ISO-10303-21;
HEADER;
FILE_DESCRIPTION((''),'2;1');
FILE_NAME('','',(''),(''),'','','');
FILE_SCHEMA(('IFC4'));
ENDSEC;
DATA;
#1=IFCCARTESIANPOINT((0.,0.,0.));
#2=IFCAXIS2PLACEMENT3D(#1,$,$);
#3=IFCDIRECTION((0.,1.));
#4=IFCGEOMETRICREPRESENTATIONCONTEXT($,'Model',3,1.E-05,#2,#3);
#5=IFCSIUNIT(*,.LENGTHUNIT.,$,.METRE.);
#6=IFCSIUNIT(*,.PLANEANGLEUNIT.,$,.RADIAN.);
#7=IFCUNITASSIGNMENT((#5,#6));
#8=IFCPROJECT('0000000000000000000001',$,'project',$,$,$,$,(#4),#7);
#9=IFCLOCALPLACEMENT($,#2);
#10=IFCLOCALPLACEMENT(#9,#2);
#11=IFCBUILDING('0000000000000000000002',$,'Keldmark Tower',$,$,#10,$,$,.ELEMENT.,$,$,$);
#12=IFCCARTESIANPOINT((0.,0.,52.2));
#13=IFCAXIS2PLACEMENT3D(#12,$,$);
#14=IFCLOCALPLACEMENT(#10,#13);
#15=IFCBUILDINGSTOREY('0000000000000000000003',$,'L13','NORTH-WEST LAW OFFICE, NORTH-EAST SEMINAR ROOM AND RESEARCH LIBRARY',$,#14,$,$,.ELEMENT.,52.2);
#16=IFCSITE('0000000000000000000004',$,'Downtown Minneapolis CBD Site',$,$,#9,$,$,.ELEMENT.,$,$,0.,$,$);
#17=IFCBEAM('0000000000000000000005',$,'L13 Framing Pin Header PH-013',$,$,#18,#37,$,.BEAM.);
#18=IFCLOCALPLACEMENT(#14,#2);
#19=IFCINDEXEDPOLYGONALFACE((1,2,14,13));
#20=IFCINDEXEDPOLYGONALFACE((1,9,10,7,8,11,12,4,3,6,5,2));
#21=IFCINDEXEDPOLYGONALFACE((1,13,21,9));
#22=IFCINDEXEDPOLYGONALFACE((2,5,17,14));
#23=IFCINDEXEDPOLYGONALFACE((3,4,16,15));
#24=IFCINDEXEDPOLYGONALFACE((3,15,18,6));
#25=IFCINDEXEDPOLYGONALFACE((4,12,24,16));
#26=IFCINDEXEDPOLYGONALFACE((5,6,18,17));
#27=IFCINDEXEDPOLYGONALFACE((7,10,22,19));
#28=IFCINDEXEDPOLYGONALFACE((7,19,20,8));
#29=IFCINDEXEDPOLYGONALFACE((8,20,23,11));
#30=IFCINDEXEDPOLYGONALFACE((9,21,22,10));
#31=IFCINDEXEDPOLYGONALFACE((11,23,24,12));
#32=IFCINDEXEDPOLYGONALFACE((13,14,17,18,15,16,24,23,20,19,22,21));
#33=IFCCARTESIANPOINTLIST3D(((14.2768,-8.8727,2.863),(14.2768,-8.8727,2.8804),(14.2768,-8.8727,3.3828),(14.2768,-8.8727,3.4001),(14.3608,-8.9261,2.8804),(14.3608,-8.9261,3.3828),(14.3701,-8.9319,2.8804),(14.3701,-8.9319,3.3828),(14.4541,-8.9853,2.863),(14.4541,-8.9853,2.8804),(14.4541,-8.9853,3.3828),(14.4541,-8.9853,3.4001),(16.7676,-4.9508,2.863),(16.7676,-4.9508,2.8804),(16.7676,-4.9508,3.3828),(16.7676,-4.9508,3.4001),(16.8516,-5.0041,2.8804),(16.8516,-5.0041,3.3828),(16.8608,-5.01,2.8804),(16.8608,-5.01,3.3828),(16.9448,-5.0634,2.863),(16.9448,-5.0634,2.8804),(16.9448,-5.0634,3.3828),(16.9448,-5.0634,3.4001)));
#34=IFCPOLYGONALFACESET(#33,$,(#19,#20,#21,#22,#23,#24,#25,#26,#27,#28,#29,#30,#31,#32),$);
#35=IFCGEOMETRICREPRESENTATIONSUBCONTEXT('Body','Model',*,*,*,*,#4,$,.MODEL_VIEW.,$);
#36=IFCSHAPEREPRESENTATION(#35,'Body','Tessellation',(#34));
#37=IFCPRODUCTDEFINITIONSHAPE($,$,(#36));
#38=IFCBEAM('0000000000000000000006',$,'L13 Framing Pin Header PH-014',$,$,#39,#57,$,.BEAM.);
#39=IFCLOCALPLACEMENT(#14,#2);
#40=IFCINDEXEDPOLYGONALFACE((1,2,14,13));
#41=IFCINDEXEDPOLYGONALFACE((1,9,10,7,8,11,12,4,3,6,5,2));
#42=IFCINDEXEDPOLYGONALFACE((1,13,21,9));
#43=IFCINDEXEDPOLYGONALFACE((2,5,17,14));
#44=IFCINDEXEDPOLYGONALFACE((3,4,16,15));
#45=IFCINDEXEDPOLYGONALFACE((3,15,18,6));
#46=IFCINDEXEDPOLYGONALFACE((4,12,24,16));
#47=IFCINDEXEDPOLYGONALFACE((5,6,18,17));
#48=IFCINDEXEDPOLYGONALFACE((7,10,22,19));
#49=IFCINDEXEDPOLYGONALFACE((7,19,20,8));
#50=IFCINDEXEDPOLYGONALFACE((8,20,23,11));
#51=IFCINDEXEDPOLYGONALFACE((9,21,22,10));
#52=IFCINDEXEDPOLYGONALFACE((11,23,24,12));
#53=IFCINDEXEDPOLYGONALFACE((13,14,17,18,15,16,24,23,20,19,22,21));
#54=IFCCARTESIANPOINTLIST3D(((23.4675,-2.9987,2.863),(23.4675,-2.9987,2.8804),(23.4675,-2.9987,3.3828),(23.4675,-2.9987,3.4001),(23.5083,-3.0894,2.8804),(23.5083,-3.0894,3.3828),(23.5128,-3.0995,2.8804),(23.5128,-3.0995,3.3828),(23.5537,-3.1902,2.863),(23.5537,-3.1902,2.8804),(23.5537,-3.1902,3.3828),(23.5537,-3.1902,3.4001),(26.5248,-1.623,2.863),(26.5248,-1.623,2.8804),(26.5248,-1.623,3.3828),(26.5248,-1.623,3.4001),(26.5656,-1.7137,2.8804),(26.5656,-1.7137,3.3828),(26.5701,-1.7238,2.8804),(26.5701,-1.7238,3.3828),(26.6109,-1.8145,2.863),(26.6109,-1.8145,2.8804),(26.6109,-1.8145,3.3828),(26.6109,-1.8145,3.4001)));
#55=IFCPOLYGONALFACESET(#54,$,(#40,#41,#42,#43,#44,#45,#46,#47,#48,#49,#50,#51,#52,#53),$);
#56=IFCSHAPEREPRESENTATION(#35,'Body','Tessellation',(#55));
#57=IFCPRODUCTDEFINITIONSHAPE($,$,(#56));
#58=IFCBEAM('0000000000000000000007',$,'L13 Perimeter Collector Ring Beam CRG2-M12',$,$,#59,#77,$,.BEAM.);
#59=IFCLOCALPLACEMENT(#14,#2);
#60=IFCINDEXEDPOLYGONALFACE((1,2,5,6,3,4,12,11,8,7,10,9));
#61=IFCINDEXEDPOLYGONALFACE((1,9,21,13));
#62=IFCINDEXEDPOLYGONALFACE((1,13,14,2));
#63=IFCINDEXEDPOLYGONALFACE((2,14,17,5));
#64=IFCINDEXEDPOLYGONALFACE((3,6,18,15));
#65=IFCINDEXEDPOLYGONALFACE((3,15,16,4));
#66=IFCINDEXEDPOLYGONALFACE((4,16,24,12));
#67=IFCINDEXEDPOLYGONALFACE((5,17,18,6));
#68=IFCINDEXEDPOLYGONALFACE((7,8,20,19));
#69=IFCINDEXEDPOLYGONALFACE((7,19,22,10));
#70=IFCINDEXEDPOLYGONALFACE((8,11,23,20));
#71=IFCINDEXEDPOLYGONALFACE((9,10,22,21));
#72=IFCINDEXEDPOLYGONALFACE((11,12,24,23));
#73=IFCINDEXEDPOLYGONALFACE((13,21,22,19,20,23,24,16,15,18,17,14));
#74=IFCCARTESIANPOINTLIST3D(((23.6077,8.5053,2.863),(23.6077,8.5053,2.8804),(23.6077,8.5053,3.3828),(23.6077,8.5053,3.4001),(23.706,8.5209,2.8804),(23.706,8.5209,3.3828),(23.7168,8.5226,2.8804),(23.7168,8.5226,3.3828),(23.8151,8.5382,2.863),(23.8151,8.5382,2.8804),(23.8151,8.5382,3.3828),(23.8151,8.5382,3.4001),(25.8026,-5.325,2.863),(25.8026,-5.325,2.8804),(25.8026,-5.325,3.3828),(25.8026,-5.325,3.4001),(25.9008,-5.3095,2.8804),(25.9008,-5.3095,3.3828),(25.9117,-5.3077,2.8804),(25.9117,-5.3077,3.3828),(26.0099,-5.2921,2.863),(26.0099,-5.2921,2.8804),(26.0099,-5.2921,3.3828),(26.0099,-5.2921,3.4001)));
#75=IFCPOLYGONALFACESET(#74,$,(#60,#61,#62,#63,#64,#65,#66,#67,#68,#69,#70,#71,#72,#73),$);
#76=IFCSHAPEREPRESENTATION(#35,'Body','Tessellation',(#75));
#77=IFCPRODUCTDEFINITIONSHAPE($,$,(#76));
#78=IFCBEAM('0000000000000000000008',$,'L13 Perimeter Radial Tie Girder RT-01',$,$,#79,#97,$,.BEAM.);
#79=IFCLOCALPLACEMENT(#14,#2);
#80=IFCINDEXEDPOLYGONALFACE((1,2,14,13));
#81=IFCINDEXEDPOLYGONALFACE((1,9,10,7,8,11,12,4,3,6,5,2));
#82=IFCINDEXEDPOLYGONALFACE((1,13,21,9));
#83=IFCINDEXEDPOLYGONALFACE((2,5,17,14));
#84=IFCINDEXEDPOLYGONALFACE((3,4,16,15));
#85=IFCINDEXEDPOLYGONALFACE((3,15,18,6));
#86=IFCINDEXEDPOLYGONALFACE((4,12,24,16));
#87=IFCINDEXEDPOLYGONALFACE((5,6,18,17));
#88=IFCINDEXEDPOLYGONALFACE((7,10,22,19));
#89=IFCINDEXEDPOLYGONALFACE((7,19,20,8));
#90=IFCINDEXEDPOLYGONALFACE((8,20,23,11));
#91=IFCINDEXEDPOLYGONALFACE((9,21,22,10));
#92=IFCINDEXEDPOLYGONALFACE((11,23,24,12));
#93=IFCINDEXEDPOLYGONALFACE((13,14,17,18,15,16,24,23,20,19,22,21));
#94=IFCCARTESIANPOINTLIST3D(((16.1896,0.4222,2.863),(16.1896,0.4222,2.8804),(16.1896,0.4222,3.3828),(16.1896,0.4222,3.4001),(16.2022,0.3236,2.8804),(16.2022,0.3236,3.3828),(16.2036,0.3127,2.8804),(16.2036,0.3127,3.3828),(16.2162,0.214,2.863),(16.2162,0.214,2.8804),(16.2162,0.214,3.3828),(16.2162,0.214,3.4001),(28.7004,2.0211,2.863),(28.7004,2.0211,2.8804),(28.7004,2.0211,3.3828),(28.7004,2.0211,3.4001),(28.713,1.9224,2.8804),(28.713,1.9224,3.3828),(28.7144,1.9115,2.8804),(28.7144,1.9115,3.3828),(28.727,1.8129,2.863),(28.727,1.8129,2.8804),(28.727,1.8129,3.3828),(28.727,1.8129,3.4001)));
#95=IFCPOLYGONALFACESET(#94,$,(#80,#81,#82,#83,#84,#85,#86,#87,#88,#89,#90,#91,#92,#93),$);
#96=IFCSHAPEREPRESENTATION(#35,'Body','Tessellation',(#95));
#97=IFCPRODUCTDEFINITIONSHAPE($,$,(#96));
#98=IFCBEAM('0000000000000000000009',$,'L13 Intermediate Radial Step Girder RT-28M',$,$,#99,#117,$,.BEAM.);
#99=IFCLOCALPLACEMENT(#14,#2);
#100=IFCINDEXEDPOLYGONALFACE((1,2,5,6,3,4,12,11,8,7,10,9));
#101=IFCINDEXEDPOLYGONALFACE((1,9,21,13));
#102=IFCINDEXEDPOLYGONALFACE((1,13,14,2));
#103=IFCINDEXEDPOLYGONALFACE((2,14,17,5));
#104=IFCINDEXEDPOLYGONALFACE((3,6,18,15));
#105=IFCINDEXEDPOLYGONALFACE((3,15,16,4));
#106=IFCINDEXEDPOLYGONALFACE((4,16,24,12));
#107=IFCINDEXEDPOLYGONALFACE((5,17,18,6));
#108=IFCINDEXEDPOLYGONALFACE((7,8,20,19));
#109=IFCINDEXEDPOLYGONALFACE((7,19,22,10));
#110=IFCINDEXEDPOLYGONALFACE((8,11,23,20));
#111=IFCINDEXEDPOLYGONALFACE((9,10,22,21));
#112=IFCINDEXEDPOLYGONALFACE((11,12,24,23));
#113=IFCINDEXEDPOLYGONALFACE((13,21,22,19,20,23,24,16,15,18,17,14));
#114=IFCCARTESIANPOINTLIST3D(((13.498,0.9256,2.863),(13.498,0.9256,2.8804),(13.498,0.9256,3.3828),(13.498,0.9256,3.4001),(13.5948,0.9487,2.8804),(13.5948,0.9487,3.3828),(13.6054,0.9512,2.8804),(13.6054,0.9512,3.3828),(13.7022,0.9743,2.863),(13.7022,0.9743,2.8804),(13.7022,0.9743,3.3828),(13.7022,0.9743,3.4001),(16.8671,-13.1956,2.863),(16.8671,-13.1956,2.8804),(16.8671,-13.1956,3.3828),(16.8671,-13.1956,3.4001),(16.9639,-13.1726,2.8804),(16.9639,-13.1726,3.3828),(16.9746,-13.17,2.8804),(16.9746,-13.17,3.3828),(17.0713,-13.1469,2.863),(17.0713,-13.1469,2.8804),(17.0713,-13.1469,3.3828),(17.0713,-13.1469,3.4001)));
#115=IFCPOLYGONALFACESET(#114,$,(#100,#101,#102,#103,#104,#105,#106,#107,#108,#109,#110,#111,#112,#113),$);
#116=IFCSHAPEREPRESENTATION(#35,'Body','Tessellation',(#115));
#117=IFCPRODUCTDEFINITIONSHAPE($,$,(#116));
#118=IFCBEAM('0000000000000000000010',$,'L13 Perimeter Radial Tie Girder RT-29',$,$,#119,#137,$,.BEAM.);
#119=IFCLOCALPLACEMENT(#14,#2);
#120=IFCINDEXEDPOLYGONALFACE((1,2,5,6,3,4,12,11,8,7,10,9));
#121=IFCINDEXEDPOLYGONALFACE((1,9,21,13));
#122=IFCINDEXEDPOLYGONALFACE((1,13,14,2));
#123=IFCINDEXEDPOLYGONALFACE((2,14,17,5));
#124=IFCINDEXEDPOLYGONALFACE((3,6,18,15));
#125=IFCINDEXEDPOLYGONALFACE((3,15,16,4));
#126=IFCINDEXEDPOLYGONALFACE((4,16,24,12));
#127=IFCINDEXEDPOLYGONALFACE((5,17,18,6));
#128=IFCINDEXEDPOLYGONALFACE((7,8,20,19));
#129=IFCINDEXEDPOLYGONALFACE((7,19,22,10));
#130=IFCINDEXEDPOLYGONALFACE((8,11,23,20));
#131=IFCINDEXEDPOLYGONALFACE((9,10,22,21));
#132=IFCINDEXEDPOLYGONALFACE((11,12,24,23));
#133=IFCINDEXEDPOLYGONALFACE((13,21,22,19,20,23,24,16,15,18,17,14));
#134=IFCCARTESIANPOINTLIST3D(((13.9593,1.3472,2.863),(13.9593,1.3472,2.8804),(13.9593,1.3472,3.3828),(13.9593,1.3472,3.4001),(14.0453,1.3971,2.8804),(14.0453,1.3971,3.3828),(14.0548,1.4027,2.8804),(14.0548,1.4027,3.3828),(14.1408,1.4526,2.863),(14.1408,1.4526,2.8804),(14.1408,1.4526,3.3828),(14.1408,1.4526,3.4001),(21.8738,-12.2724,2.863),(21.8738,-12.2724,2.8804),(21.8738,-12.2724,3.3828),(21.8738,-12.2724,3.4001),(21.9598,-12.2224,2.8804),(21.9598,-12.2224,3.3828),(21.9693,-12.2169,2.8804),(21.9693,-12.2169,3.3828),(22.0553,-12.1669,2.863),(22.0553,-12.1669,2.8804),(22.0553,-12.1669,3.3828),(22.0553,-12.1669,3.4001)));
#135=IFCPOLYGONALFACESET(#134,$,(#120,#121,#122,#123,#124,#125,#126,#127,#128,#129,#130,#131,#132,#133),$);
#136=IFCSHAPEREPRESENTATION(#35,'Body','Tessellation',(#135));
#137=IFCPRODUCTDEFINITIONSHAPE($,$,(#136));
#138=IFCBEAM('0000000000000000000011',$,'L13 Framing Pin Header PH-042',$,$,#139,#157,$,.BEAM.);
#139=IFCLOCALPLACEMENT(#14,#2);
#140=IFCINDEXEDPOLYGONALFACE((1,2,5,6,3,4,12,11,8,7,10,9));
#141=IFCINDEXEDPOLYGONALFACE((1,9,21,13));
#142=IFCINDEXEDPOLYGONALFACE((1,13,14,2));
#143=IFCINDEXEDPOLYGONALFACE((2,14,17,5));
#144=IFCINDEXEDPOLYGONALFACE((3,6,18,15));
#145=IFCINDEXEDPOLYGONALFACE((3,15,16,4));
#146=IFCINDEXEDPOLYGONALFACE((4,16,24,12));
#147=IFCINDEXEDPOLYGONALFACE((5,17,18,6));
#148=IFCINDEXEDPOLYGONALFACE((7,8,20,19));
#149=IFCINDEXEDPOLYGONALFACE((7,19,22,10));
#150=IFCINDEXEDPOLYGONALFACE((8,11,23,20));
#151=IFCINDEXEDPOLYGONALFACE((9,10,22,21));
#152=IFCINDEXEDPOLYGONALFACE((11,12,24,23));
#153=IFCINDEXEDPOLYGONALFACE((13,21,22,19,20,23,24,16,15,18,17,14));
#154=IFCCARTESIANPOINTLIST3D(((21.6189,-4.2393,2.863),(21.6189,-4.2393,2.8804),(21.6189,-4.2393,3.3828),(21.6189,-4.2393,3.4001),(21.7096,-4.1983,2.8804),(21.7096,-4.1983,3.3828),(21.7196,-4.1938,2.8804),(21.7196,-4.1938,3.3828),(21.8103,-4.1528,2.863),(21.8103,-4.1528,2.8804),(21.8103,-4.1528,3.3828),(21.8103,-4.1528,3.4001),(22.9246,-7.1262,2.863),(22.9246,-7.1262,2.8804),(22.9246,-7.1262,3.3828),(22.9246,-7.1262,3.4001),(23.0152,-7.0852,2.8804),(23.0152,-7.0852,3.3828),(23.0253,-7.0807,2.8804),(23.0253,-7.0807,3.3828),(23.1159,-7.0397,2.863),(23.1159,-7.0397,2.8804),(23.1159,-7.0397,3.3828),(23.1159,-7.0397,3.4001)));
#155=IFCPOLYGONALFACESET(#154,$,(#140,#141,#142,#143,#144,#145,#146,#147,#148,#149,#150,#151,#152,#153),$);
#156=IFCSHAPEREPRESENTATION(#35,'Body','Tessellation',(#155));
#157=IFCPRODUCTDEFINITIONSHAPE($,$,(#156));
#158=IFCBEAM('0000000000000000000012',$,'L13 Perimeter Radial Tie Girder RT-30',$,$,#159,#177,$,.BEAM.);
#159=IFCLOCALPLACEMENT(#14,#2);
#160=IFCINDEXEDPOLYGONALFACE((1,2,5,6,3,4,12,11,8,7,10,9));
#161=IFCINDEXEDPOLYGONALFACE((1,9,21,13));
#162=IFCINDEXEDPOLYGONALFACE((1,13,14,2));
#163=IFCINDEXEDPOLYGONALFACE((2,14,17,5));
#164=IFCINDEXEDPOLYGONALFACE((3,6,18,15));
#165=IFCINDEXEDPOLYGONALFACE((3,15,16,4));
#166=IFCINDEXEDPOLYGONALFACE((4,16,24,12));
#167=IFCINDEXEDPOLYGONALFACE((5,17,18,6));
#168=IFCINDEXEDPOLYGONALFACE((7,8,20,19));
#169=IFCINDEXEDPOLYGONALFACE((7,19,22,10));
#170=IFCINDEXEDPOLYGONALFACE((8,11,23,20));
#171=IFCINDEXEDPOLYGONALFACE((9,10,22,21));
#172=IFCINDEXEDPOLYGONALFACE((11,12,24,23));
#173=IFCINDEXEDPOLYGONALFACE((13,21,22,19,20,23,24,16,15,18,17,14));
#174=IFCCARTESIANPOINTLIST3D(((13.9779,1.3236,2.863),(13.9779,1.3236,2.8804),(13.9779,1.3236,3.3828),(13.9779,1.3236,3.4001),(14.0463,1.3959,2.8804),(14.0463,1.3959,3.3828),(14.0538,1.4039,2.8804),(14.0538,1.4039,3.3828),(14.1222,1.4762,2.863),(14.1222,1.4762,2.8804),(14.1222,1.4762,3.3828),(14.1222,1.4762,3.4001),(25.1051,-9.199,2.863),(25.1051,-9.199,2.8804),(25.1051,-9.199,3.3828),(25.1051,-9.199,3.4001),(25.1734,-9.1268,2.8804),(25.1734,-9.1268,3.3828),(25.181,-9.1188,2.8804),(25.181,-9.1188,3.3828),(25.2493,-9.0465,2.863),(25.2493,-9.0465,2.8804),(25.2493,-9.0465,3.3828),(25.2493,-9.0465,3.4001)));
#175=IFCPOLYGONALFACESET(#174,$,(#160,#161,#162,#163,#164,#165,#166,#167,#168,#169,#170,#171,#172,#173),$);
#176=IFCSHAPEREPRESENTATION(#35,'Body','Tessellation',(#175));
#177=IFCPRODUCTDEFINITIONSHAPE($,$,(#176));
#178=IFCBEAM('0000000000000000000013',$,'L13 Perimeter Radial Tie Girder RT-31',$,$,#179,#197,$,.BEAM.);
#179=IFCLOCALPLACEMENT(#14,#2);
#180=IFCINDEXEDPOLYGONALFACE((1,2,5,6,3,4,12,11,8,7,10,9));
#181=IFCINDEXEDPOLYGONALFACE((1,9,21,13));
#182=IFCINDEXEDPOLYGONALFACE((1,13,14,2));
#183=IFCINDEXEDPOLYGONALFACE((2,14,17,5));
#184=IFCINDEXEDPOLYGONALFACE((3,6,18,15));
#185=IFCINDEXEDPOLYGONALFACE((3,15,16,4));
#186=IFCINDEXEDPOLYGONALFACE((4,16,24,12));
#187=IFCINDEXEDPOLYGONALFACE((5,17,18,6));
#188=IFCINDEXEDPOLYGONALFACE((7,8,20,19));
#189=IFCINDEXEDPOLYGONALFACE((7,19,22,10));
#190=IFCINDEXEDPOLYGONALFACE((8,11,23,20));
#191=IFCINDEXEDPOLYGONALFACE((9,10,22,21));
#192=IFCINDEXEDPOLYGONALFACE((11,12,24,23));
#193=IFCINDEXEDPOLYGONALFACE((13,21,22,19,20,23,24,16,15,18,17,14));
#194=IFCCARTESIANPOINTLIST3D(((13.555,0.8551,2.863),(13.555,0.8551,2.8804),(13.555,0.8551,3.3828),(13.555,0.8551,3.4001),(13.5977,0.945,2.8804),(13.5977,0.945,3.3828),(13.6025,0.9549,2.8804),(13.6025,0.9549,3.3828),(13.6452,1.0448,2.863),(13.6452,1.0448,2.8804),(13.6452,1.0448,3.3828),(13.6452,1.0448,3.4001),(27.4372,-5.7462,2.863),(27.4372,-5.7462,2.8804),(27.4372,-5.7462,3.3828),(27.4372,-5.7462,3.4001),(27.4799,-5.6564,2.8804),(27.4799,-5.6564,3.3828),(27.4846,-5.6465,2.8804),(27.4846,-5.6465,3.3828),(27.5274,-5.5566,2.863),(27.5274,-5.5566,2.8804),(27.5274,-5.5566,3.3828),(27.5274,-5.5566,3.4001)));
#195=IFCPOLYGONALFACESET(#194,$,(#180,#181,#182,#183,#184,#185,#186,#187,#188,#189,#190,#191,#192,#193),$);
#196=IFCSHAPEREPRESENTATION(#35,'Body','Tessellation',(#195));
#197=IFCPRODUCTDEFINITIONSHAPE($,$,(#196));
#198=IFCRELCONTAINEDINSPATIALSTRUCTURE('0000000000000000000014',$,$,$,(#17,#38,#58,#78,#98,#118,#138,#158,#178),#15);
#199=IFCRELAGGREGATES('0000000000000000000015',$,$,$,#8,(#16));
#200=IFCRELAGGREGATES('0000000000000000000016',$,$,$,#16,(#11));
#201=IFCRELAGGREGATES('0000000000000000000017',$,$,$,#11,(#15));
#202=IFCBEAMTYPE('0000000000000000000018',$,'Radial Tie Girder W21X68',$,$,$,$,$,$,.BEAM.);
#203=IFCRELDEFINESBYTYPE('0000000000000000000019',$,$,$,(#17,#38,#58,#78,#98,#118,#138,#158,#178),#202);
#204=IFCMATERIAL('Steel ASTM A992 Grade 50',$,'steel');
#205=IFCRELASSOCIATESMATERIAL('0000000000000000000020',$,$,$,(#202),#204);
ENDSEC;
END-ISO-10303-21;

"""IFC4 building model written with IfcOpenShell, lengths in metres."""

from ifc_helpers import new_model, si_unit, direction, frame, origin, origin_2d, place, context, subcontext, project, spatial, i_section, extrude, material, material_profile, profile_set, type_object, element, save


model = new_model("IFC4")

# Units and contexts
model_context = context("Model", 3, precision=1e-05, world=origin(), true_north=direction((0.0, 1.0)))
body_context = subcontext(model_context, "Body", "Model", "MODEL_VIEW")
ifc_project = project(units=[si_unit("LENGTHUNIT", "METRE"), si_unit("PLANEANGLEUNIT", "RADIAN")], contexts=[model_context])

# Site, building, storey
site_placement = place(None, origin())
site = spatial("IfcSite", under=ifc_project, at=site_placement, Name="Downtown Minneapolis CBD Site", CompositionType="ELEMENT", RefElevation=0.0)
building_placement = place(site_placement, origin())
building = spatial("IfcBuilding", under=site, at=building_placement, Name="Keldmark Tower", CompositionType="ELEMENT")
storey_placement = place(building_placement, frame((0.0, 0.0, 52.2)))
storey = spatial("IfcBuildingStorey", under=building, at=storey_placement, Name="L13", Description="NORTH-WEST LAW OFFICE, NORTH-EAST SEMINAR ROOM AND RESEARCH LIBRARY", CompositionType="ELEMENT", Elevation=52.2)

# Beams
ifc_material_1 = material(Name="Steel ASTM A992 Grade 50", Category="steel")
ifc_material_profile_1 = material_profile(ifc_material_1, i_section(OverallWidth=0.21, OverallDepth=0.5371, WebThickness=0.011, FlangeThickness=0.0173, at=origin_2d()), Name="W21X68")
ifc_profile_set_1 = profile_set([ifc_material_profile_1], Name="Steel ASTM A992 Grade 50")
beam_type_1 = type_object("IfcBeamType", Name="Radial Tie Girder W21X68", PredefinedType="BEAM", material=ifc_profile_set_1)
beam_1_placement = place(storey_placement, frame((16.8562, -5.0071, 3.1316), z_axis=(-0.536107, -0.84415, 0.0), x_axis=(0.84415, -0.536107, 0.0)))
element("IfcBeam", 1, at=beam_1_placement, inside=storey, type_object=beam_type_1, Name="L13 Framing Pin Header PH-013", PredefinedType="BEAM", context=body_context, shape_type="SweptSolid", body=[
    extrude(i_section(OverallWidth=0.21, OverallDepth=0.5371, WebThickness=0.011, FlangeThickness=0.0173, at=origin_2d()), origin(), (0.0, 0.0, 1.0), 4.646),
])
beam_2_placement = place(storey_placement, frame((26.5679, -1.7188, 3.1316), z_axis=(-0.911931, -0.410343, 0.0), x_axis=(0.410343, -0.911931, 0.0)))
element("IfcBeam", 2, at=beam_2_placement, inside=storey, type_object=beam_type_1, Name="L13 Framing Pin Header PH-014", PredefinedType="BEAM", context=body_context, shape_type="SweptSolid", body=[
    extrude(i_section(OverallWidth=0.21, OverallDepth=0.5371, WebThickness=0.011, FlangeThickness=0.0173, at=origin_2d()), origin(), (0.0, 0.0, 1.0), 3.3525),
])
beam_3_placement = place(storey_placement, frame((25.9062, -5.3086, 3.1316), z_axis=(-0.156735, 0.987641, 0.0), x_axis=(-0.987641, -0.156735, 0.0)))
element("IfcBeam", 3, at=beam_3_placement, inside=storey, type_object=beam_type_1, Name="L13 Perimeter Collector Ring Beam CRG2-M12", PredefinedType="BEAM", context=body_context, shape_type="SweptSolid", body=[
    extrude(i_section(OverallWidth=0.21, OverallDepth=0.5371, WebThickness=0.011, FlangeThickness=0.0173, at=origin_2d()), origin(), (0.0, 0.0, 1.0), 14.0034),
])
beam_4_placement = place(storey_placement, frame((16.2029, 0.3181, 3.1316), z_axis=(0.991932, 0.126769, 0.0), x_axis=(-0.126769, 0.991932, 0.0)))
element("IfcBeam", 4, at=beam_4_placement, inside=storey, type_object=beam_type_1, Name="L13 Perimeter Radial Tie Girder RT-01", PredefinedType="BEAM", context=body_context, shape_type="SweptSolid", body=[
    extrude(i_section(OverallWidth=0.21, OverallDepth=0.5371, WebThickness=0.011, FlangeThickness=0.0173, at=origin_2d()), origin(), (0.0, 0.0, 1.0), 12.6125),
])
beam_5_placement = place(storey_placement, frame((13.6001, 0.95, 3.1316), z_axis=(0.232071, -0.972699, 0.0), x_axis=(0.972699, 0.232071, 0.0)))
element("IfcBeam", 5, at=beam_5_placement, inside=storey, type_object=beam_type_1, Name="L13 Intermediate Radial Step Girder RT-28M", PredefinedType="BEAM", context=body_context, shape_type="SweptSolid", body=[
    extrude(i_section(OverallWidth=0.21, OverallDepth=0.5371, WebThickness=0.011, FlangeThickness=0.0173, at=origin_2d()), origin(), (0.0, 0.0, 1.0), 14.5176),
])
beam_6_placement = place(storey_placement, frame((14.05, 1.3999, 3.1316), z_axis=(0.502438, -0.864613, 0.0), x_axis=(0.864613, 0.502438, 0.0)))
element("IfcBeam", 6, at=beam_6_placement, inside=storey, type_object=beam_type_1, Name="L13 Perimeter Radial Tie Girder RT-29", PredefinedType="BEAM", context=body_context, shape_type="SweptSolid", body=[
    extrude(i_section(OverallWidth=0.21, OverallDepth=0.5371, WebThickness=0.011, FlangeThickness=0.0173, at=origin_2d()), origin(), (0.0, 0.0, 1.0), 15.7522),
])
beam_7_placement = place(storey_placement, frame((21.7146, -4.196, 3.1316), z_axis=(0.412078, -0.911149, 0.0), x_axis=(0.911149, 0.412078, 0.0)))
element("IfcBeam", 7, at=beam_7_placement, inside=storey, type_object=beam_type_1, Name="L13 Framing Pin Header PH-042", PredefinedType="BEAM", context=body_context, shape_type="SweptSolid", body=[
    extrude(i_section(OverallWidth=0.21, OverallDepth=0.5371, WebThickness=0.011, FlangeThickness=0.0173, at=origin_2d()), origin(), (0.0, 0.0, 1.0), 3.1685),
])
beam_8_placement = place(storey_placement, frame((14.05, 1.3999, 3.1316), z_axis=(0.726567, -0.687096, 0.0), x_axis=(0.687096, 0.726567, 0.0)))
element("IfcBeam", 8, at=beam_8_placement, inside=storey, type_object=beam_type_1, Name="L13 Perimeter Radial Tie Girder RT-30", PredefinedType="BEAM", context=body_context, shape_type="SweptSolid", body=[
    extrude(i_section(OverallWidth=0.21, OverallDepth=0.5371, WebThickness=0.011, FlangeThickness=0.0173, at=origin_2d()), origin(), (0.0, 0.0, 1.0), 15.3147),
])
beam_9_placement = place(storey_placement, frame((13.6001, 0.95, 3.1316), z_axis=(0.903093, -0.429446, 0.0), x_axis=(0.429446, 0.903093, 0.0)))
element("IfcBeam", 9, at=beam_9_placement, inside=storey, type_object=beam_type_1, Name="L13 Perimeter Radial Tie Girder RT-31", PredefinedType="BEAM", context=body_context, shape_type="SweptSolid", body=[
    extrude(i_section(OverallWidth=0.21, OverallDepth=0.5371, WebThickness=0.011, FlangeThickness=0.0173, at=origin_2d()), origin(), (0.0, 0.0, 1.0), 15.3718),
])

save(model, "model.ifc")
